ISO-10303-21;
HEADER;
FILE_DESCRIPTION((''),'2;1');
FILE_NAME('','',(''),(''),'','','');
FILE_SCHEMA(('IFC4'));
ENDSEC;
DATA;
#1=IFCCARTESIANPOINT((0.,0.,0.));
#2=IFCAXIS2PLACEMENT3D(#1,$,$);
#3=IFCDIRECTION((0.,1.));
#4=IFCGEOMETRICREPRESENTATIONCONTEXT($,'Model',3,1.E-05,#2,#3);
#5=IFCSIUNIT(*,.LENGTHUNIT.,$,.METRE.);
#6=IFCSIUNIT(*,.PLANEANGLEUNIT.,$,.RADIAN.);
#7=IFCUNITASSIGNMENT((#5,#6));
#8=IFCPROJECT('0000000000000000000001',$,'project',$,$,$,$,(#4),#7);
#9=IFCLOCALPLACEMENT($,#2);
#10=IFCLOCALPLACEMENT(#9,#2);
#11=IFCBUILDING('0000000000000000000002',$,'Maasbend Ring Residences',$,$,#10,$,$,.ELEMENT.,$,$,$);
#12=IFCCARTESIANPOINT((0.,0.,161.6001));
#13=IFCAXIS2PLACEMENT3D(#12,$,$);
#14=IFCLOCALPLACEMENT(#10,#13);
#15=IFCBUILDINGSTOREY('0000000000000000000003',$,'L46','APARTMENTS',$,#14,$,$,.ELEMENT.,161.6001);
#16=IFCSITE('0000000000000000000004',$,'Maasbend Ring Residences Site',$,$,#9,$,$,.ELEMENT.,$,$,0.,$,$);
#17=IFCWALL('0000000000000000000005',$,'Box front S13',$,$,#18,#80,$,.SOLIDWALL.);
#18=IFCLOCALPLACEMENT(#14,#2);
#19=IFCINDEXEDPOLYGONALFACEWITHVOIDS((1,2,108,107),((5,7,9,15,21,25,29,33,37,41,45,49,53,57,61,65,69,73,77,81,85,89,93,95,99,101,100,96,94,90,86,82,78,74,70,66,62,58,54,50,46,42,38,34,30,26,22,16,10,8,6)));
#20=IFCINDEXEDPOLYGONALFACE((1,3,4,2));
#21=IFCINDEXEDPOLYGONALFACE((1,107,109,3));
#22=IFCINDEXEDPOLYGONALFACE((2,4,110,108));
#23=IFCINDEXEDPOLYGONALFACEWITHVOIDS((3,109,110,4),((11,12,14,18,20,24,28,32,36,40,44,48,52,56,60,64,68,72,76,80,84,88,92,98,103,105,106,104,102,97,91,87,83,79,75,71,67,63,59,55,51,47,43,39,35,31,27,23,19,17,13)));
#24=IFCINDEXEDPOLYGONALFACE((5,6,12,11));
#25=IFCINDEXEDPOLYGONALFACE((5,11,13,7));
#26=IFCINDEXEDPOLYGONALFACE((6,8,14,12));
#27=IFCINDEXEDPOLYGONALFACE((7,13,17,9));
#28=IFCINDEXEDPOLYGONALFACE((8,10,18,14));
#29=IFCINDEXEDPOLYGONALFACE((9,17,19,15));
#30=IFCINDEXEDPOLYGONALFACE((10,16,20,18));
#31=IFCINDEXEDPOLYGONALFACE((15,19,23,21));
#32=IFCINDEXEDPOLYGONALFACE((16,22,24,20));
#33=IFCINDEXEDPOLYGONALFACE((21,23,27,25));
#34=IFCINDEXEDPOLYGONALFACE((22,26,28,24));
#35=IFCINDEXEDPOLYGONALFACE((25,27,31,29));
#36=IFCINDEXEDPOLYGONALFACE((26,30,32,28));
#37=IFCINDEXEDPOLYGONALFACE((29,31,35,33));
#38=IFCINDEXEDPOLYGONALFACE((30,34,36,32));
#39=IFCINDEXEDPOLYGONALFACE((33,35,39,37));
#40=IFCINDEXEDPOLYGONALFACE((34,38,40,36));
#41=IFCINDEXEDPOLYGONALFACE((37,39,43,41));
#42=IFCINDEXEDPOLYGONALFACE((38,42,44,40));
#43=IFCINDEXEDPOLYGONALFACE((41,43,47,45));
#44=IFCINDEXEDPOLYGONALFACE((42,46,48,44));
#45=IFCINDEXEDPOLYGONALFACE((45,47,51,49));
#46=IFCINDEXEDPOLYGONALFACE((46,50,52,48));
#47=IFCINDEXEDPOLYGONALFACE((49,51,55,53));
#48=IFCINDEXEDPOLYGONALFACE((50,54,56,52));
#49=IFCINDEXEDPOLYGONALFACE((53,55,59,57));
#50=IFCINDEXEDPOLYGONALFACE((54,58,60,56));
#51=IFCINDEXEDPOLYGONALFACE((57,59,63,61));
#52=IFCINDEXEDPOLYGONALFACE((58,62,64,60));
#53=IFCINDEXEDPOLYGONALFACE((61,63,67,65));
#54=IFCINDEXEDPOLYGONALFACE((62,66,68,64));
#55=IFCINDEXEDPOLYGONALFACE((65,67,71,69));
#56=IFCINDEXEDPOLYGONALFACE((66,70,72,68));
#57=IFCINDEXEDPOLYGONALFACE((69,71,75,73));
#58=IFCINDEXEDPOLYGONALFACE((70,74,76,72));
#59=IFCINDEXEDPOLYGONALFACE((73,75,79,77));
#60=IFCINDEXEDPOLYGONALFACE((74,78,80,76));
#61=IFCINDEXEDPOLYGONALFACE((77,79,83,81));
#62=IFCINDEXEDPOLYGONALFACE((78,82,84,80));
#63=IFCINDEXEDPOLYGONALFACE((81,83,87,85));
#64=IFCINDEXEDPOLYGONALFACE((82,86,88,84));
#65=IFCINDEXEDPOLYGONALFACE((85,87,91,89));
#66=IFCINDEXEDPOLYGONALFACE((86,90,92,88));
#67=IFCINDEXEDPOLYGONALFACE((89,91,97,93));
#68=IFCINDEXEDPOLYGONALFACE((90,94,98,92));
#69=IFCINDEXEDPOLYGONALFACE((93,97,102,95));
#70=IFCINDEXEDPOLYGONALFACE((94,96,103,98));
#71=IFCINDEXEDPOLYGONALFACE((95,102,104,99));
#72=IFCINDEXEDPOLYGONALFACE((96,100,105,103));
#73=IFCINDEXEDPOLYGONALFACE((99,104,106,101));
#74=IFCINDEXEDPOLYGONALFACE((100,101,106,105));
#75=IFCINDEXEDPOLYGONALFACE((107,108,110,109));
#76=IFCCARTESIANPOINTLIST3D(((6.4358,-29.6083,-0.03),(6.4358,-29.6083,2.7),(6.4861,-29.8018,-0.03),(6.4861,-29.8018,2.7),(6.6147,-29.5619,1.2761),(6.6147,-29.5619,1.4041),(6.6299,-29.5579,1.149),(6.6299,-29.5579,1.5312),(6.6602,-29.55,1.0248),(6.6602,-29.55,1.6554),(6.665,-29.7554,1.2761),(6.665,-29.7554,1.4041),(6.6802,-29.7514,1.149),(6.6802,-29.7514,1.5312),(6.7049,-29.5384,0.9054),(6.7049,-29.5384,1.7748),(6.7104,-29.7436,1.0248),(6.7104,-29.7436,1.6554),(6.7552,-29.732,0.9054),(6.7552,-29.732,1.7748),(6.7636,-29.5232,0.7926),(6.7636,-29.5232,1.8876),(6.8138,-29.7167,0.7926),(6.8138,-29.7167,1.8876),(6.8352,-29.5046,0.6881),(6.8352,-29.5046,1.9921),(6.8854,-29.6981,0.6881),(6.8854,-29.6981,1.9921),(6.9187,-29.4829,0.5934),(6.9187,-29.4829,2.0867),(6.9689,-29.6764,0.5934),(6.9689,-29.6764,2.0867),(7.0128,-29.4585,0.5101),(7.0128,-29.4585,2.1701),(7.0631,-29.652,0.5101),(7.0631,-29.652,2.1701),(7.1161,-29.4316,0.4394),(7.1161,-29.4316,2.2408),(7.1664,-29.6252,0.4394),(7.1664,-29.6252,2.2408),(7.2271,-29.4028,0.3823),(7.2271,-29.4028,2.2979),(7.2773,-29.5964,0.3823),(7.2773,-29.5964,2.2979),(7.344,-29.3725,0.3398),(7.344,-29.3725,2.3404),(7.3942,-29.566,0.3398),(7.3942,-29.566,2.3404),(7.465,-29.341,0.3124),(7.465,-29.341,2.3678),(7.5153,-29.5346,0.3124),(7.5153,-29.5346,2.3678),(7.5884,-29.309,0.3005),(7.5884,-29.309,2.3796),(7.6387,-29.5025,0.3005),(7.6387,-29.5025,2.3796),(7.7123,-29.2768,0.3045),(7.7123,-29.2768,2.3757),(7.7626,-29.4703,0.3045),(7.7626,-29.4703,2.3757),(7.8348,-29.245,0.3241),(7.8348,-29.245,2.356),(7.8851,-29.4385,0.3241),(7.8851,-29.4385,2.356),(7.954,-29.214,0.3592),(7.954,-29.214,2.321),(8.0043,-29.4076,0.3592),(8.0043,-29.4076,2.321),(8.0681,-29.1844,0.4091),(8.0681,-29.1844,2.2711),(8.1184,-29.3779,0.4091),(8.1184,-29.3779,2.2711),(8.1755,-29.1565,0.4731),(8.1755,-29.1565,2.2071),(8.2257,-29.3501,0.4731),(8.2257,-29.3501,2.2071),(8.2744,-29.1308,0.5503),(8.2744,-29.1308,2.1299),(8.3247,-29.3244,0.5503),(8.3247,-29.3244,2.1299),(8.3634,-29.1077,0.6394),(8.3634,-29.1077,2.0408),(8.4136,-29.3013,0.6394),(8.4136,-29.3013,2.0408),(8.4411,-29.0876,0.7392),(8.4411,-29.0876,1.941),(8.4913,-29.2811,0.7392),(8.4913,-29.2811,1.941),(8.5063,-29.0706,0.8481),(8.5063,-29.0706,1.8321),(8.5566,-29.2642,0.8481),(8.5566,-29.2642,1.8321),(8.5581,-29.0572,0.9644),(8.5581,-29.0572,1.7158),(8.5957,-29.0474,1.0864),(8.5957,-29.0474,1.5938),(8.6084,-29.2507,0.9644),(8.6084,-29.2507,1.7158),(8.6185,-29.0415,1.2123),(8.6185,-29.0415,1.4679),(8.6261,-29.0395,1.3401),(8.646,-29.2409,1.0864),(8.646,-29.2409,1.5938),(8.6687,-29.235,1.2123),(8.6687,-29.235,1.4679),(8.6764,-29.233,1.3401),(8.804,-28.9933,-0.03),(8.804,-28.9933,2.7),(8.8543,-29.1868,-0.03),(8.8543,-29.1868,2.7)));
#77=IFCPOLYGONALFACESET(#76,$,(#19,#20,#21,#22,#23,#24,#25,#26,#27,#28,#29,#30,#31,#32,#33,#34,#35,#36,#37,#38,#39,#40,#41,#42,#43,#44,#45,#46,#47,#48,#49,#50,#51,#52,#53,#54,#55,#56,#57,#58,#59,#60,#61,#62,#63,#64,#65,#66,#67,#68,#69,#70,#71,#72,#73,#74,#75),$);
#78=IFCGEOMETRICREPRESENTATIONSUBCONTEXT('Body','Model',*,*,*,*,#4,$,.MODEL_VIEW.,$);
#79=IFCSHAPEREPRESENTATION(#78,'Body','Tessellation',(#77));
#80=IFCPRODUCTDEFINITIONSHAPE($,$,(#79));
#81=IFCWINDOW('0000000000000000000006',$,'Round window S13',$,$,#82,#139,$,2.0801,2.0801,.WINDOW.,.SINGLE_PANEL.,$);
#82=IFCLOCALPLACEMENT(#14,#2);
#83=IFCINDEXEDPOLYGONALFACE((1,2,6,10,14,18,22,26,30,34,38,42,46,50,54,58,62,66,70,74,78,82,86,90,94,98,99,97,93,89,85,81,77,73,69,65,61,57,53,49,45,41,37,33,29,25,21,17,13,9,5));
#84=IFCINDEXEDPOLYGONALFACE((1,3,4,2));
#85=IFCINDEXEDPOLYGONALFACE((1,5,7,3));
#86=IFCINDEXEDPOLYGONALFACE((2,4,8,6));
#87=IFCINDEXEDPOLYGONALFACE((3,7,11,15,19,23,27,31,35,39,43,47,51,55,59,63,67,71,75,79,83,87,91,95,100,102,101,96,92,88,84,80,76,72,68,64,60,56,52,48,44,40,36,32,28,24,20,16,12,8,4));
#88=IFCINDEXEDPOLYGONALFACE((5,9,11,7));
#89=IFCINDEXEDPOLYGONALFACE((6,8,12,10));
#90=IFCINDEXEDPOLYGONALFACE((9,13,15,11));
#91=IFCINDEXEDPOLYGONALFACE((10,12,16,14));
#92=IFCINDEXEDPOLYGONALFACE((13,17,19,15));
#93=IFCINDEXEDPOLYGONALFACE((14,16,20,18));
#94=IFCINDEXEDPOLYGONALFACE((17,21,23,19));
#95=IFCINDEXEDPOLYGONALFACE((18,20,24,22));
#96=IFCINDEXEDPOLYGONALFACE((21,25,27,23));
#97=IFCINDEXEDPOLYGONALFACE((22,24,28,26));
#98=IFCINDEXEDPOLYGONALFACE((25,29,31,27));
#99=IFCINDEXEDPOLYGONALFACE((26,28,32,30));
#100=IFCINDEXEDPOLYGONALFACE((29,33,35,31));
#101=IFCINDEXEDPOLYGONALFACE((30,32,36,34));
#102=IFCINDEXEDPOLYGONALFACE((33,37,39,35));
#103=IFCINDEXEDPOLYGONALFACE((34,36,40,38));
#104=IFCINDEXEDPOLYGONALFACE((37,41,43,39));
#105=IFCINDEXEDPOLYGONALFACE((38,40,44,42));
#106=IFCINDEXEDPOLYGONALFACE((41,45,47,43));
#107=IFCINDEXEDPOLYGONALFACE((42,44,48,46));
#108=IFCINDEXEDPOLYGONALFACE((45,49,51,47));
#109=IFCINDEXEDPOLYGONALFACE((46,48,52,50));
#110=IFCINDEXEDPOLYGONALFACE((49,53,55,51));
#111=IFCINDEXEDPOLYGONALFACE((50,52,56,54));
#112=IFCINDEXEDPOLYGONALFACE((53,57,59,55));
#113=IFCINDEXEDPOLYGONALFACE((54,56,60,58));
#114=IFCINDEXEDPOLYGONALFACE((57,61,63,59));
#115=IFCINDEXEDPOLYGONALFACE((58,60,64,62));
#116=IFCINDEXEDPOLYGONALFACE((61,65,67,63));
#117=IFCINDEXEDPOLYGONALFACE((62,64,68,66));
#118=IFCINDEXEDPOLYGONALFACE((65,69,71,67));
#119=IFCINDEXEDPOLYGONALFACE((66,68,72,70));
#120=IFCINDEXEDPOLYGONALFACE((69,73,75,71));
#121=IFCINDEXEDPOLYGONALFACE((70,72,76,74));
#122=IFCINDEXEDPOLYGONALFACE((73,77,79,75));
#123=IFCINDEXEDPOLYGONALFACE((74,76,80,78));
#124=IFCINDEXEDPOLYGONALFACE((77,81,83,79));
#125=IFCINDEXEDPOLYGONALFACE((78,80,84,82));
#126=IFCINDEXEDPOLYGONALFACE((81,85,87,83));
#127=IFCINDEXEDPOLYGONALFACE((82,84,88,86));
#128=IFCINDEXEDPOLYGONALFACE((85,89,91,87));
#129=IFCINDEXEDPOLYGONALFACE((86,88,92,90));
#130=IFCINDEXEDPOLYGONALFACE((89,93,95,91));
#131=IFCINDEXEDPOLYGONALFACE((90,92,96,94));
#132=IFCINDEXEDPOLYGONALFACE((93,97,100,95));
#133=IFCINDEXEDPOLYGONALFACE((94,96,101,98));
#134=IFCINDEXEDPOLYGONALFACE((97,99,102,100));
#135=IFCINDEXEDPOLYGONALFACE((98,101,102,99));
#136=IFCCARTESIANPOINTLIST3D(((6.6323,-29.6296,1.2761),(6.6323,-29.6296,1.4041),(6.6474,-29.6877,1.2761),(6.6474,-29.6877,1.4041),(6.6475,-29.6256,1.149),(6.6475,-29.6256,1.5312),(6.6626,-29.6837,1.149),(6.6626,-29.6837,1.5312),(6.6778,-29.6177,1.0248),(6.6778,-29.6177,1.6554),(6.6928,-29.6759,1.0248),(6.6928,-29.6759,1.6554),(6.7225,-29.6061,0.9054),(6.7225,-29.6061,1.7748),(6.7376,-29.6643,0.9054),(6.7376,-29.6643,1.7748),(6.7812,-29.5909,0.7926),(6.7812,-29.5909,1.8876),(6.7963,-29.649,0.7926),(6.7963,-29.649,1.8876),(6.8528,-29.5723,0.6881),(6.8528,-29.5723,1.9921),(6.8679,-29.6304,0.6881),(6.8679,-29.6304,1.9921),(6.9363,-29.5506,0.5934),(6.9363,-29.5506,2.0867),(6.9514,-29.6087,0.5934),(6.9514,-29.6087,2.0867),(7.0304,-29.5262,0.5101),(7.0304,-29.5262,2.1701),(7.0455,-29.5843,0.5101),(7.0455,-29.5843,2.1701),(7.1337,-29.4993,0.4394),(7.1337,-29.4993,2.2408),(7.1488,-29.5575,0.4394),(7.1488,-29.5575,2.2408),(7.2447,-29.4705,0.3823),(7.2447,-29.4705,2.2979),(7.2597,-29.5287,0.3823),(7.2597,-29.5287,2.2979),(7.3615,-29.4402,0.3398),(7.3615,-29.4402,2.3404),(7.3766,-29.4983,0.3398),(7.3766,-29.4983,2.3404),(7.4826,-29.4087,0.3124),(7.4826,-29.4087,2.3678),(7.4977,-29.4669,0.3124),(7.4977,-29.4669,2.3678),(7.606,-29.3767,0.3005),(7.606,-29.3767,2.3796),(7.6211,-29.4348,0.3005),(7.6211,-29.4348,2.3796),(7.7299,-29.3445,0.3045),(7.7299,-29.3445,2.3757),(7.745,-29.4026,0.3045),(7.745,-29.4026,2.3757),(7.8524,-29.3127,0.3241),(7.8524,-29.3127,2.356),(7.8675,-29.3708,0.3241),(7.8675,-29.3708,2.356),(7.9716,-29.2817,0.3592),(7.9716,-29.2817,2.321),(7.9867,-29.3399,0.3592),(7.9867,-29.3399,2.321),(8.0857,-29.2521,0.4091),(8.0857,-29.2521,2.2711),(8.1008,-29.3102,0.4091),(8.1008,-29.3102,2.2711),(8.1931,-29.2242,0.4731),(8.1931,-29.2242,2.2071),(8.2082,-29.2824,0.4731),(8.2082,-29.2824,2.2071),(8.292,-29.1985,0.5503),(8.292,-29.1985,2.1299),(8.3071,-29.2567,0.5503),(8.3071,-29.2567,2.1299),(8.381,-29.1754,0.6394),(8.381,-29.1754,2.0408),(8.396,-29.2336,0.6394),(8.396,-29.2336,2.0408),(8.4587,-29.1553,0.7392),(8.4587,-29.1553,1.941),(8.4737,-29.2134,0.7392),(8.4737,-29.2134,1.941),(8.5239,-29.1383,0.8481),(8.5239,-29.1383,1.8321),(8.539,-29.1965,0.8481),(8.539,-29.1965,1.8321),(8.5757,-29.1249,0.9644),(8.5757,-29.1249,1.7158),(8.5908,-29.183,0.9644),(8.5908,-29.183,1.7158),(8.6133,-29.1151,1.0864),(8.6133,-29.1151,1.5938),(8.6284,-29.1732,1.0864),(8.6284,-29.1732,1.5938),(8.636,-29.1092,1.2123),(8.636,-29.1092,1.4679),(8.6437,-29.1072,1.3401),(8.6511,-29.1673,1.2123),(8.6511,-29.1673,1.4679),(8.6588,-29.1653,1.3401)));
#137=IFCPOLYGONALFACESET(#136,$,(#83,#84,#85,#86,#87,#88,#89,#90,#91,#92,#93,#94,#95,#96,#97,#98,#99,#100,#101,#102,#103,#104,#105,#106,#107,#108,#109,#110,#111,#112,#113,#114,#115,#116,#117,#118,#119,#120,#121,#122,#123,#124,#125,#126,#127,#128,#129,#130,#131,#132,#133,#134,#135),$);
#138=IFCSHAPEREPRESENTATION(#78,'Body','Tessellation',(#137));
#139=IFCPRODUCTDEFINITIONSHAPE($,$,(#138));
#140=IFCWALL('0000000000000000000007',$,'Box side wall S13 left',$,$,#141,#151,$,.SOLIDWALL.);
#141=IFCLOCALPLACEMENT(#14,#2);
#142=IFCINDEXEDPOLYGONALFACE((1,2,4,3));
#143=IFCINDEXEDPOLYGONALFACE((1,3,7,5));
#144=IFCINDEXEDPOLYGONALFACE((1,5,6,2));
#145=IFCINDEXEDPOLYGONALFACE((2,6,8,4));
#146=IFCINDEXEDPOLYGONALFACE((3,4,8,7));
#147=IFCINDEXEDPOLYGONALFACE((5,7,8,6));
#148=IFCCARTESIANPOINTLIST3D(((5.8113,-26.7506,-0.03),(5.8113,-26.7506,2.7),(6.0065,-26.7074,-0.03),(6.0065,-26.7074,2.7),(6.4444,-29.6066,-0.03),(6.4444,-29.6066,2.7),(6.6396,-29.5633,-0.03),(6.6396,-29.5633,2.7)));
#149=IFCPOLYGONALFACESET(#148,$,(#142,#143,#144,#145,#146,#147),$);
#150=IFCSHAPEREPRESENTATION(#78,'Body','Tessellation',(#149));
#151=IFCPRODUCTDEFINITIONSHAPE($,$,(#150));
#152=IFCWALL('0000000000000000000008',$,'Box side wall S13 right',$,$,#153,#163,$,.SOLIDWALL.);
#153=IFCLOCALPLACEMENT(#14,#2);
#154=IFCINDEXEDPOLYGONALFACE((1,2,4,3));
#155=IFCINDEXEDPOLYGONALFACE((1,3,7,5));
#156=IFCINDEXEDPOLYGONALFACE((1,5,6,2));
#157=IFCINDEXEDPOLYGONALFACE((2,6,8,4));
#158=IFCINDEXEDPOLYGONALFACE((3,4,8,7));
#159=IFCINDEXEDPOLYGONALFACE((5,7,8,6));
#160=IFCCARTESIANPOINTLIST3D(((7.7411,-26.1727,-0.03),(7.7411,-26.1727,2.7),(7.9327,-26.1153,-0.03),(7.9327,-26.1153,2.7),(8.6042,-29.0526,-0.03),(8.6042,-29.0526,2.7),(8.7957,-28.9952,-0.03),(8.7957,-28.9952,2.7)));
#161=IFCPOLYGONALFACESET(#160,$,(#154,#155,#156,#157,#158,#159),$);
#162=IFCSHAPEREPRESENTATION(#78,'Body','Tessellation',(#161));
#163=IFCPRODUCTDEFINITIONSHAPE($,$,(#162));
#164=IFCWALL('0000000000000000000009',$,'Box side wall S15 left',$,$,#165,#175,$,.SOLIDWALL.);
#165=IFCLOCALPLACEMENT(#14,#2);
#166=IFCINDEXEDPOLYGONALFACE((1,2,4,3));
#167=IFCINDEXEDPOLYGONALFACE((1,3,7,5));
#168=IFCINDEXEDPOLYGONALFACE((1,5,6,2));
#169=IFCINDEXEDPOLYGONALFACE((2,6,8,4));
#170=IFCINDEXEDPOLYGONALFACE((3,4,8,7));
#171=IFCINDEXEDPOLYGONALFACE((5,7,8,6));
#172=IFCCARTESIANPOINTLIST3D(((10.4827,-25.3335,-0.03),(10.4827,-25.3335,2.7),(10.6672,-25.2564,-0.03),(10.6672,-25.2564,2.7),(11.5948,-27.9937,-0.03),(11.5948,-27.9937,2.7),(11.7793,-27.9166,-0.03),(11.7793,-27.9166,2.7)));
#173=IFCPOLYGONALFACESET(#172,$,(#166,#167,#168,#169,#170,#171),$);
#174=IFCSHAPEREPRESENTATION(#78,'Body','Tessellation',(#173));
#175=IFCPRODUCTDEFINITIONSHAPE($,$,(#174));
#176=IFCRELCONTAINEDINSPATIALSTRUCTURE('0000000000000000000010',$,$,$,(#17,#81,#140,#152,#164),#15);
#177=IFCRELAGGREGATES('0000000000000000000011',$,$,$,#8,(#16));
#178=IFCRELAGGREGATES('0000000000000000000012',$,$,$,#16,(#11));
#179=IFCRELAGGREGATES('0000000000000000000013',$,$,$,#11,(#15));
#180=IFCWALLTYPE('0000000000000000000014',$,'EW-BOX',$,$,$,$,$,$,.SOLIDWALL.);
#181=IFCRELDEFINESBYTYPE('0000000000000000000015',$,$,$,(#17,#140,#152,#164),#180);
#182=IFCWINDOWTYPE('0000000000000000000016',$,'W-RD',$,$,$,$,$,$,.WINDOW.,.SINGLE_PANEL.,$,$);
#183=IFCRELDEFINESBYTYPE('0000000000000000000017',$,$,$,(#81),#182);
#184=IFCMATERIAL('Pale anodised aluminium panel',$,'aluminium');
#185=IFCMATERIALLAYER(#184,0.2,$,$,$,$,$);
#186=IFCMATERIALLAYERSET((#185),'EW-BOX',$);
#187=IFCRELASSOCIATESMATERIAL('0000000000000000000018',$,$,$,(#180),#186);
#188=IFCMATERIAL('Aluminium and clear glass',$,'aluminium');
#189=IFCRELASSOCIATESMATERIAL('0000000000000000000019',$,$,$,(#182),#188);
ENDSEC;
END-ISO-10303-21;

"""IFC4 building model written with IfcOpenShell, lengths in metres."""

from ifc_helpers import new_model, si_unit, direction, frame, frame_2d, origin, place, context, subcontext, project, spatial, rectangle, circle, extrude, material, layer, layer_set, type_object, element, fill, save


model = new_model("IFC4")

# Units and contexts
model_context = context("Model", 3, precision=1e-05, world=origin(), true_north=direction((0.0, 1.0)))
body_context = subcontext(model_context, "Body", "Model", "MODEL_VIEW")
ifc_project = project(units=[si_unit("LENGTHUNIT", "METRE"), si_unit("PLANEANGLEUNIT", "RADIAN")], contexts=[model_context])

# Site, building, storey
site_placement = place(None, origin())
site = spatial("IfcSite", under=ifc_project, at=site_placement, Name="Maasbend Ring Residences Site", CompositionType="ELEMENT", RefElevation=0.0)
building_placement = place(site_placement, origin())
building = spatial("IfcBuilding", under=site, at=building_placement, Name="Maasbend Ring Residences", CompositionType="ELEMENT")
storey_placement = place(building_placement, frame((0.0, 0.0, 161.6001)))
storey = spatial("IfcBuildingStorey", under=building, at=storey_placement, Name="L46", Description="APARTMENTS", CompositionType="ELEMENT", Elevation=161.6001)

# Shared definitions
ifc_material_1 = material(Name="Pale anodised aluminium panel", Category="aluminium")
ifc_layer_1 = layer(ifc_material_1, 0.2)
ifc_layer_set_1 = layer_set([ifc_layer_1], Name="EW-BOX")
wall_type_1 = type_object("IfcWallType", Name="EW-BOX", PredefinedType="SOLIDWALL", material=ifc_layer_set_1)

# Wall, opening, window
wall_1_placement = place(storey_placement, frame((6.4609, -29.7051, -0.03), z_axis=(0.0, 0.0, 1.0), x_axis=(0.967895, 0.251353, 0.0)))
wall_1 = element("IfcWall", 1, at=wall_1_placement, inside=storey, type_object=wall_type_1, Name="Box front S13", PredefinedType="SOLIDWALL", context=body_context, shape_type="SweptSolid", body=[
    extrude(rectangle(XDim=2.4468, YDim=0.2, at=frame_2d((1.2234, 0.0))), origin(), (0.0, 0.0, 1.0), 2.73),
])
opening_1_placement = place(wall_1_placement, frame((0.1829, 0.0, 0.3301)))
opening_1 = element("IfcOpeningElement", 2, at=opening_1_placement, cuts=wall_1, PredefinedType="OPENING", context=body_context, shape_type="SweptSolid", body=[
    extrude(circle(Radius=1.04, at=frame_2d((1.04, 1.04))), frame((0.0, 0.1099, 0.0), z_axis=(0.0, -1.0, 0.0), x_axis=(1.0, 0.0, 0.0)), (0.0, 0.0, 1.0), 0.22),
])
ifc_material_2 = material(Name="Aluminium and clear glass", Category="aluminium")
window_type_1 = type_object("IfcWindowType", Name="W-RD", PartitioningType="SINGLE_PANEL", PredefinedType="WINDOW", material=ifc_material_2)
window_1_placement = place(opening_1_placement, origin())
window_1 = element("IfcWindow", 3, at=window_1_placement, inside=storey, type_object=window_type_1, Name="Round window S13", OverallHeight=2.0801, OverallWidth=2.0801, PartitioningType="SINGLE_PANEL", PredefinedType="WINDOW", context=body_context, shape_type="SweptSolid", body=[
    extrude(circle(Radius=1.04, at=frame_2d((1.04, 1.04))), frame((0.0, 0.03, 0.0), z_axis=(0.0, -1.0, 0.0), x_axis=(1.0, 0.0, 0.0)), (0.0, 0.0, 1.0), 0.0601),
])
fill(opening_1, window_1)

# Walls
wall_2_placement = place(storey_placement, frame((5.9089, -26.729, -0.03), z_axis=(0.0, 0.0, 1.0), x_axis=(0.216409, -0.976303, 0.0)))
element("IfcWall", 4, at=wall_2_placement, inside=storey, type_object=wall_type_1, Name="Box side wall S13 left", PredefinedType="SOLIDWALL", context=body_context, shape_type="SweptSolid", body=[
    extrude(rectangle(XDim=2.9253, YDim=0.2, at=frame_2d((1.4626, 0.0))), origin(), (0.0, 0.0, 1.0), 2.73),
])
wall_3_placement = place(storey_placement, frame((7.8369, -26.144, -0.03), z_axis=(0.0, 0.0, 1.0), x_axis=(0.287065, -0.957911, 0.0)))
element("IfcWall", 5, at=wall_3_placement, inside=storey, type_object=wall_type_1, Name="Box side wall S13 right", PredefinedType="SOLIDWALL", context=body_context, shape_type="SweptSolid", body=[
    extrude(rectangle(XDim=3.0063, YDim=0.2, at=frame_2d((1.5032, 0.0))), origin(), (0.0, 0.0, 1.0), 2.73),
])
wall_4_placement = place(storey_placement, frame((10.575, -25.2949, -0.03), z_axis=(0.0, 0.0, 1.0), x_axis=(0.385697, -0.922625, 0.0)))
element("IfcWall", 6, at=wall_4_placement, inside=storey, type_object=wall_type_1, Name="Box side wall S15 left", PredefinedType="SOLIDWALL", context=body_context, shape_type="SweptSolid", body=[
    extrude(rectangle(XDim=2.8833, YDim=0.2, at=frame_2d((1.4417, 0.0))), origin(), (0.0, 0.0, 1.0), 2.73),
])

save(model, "model.ifc")
